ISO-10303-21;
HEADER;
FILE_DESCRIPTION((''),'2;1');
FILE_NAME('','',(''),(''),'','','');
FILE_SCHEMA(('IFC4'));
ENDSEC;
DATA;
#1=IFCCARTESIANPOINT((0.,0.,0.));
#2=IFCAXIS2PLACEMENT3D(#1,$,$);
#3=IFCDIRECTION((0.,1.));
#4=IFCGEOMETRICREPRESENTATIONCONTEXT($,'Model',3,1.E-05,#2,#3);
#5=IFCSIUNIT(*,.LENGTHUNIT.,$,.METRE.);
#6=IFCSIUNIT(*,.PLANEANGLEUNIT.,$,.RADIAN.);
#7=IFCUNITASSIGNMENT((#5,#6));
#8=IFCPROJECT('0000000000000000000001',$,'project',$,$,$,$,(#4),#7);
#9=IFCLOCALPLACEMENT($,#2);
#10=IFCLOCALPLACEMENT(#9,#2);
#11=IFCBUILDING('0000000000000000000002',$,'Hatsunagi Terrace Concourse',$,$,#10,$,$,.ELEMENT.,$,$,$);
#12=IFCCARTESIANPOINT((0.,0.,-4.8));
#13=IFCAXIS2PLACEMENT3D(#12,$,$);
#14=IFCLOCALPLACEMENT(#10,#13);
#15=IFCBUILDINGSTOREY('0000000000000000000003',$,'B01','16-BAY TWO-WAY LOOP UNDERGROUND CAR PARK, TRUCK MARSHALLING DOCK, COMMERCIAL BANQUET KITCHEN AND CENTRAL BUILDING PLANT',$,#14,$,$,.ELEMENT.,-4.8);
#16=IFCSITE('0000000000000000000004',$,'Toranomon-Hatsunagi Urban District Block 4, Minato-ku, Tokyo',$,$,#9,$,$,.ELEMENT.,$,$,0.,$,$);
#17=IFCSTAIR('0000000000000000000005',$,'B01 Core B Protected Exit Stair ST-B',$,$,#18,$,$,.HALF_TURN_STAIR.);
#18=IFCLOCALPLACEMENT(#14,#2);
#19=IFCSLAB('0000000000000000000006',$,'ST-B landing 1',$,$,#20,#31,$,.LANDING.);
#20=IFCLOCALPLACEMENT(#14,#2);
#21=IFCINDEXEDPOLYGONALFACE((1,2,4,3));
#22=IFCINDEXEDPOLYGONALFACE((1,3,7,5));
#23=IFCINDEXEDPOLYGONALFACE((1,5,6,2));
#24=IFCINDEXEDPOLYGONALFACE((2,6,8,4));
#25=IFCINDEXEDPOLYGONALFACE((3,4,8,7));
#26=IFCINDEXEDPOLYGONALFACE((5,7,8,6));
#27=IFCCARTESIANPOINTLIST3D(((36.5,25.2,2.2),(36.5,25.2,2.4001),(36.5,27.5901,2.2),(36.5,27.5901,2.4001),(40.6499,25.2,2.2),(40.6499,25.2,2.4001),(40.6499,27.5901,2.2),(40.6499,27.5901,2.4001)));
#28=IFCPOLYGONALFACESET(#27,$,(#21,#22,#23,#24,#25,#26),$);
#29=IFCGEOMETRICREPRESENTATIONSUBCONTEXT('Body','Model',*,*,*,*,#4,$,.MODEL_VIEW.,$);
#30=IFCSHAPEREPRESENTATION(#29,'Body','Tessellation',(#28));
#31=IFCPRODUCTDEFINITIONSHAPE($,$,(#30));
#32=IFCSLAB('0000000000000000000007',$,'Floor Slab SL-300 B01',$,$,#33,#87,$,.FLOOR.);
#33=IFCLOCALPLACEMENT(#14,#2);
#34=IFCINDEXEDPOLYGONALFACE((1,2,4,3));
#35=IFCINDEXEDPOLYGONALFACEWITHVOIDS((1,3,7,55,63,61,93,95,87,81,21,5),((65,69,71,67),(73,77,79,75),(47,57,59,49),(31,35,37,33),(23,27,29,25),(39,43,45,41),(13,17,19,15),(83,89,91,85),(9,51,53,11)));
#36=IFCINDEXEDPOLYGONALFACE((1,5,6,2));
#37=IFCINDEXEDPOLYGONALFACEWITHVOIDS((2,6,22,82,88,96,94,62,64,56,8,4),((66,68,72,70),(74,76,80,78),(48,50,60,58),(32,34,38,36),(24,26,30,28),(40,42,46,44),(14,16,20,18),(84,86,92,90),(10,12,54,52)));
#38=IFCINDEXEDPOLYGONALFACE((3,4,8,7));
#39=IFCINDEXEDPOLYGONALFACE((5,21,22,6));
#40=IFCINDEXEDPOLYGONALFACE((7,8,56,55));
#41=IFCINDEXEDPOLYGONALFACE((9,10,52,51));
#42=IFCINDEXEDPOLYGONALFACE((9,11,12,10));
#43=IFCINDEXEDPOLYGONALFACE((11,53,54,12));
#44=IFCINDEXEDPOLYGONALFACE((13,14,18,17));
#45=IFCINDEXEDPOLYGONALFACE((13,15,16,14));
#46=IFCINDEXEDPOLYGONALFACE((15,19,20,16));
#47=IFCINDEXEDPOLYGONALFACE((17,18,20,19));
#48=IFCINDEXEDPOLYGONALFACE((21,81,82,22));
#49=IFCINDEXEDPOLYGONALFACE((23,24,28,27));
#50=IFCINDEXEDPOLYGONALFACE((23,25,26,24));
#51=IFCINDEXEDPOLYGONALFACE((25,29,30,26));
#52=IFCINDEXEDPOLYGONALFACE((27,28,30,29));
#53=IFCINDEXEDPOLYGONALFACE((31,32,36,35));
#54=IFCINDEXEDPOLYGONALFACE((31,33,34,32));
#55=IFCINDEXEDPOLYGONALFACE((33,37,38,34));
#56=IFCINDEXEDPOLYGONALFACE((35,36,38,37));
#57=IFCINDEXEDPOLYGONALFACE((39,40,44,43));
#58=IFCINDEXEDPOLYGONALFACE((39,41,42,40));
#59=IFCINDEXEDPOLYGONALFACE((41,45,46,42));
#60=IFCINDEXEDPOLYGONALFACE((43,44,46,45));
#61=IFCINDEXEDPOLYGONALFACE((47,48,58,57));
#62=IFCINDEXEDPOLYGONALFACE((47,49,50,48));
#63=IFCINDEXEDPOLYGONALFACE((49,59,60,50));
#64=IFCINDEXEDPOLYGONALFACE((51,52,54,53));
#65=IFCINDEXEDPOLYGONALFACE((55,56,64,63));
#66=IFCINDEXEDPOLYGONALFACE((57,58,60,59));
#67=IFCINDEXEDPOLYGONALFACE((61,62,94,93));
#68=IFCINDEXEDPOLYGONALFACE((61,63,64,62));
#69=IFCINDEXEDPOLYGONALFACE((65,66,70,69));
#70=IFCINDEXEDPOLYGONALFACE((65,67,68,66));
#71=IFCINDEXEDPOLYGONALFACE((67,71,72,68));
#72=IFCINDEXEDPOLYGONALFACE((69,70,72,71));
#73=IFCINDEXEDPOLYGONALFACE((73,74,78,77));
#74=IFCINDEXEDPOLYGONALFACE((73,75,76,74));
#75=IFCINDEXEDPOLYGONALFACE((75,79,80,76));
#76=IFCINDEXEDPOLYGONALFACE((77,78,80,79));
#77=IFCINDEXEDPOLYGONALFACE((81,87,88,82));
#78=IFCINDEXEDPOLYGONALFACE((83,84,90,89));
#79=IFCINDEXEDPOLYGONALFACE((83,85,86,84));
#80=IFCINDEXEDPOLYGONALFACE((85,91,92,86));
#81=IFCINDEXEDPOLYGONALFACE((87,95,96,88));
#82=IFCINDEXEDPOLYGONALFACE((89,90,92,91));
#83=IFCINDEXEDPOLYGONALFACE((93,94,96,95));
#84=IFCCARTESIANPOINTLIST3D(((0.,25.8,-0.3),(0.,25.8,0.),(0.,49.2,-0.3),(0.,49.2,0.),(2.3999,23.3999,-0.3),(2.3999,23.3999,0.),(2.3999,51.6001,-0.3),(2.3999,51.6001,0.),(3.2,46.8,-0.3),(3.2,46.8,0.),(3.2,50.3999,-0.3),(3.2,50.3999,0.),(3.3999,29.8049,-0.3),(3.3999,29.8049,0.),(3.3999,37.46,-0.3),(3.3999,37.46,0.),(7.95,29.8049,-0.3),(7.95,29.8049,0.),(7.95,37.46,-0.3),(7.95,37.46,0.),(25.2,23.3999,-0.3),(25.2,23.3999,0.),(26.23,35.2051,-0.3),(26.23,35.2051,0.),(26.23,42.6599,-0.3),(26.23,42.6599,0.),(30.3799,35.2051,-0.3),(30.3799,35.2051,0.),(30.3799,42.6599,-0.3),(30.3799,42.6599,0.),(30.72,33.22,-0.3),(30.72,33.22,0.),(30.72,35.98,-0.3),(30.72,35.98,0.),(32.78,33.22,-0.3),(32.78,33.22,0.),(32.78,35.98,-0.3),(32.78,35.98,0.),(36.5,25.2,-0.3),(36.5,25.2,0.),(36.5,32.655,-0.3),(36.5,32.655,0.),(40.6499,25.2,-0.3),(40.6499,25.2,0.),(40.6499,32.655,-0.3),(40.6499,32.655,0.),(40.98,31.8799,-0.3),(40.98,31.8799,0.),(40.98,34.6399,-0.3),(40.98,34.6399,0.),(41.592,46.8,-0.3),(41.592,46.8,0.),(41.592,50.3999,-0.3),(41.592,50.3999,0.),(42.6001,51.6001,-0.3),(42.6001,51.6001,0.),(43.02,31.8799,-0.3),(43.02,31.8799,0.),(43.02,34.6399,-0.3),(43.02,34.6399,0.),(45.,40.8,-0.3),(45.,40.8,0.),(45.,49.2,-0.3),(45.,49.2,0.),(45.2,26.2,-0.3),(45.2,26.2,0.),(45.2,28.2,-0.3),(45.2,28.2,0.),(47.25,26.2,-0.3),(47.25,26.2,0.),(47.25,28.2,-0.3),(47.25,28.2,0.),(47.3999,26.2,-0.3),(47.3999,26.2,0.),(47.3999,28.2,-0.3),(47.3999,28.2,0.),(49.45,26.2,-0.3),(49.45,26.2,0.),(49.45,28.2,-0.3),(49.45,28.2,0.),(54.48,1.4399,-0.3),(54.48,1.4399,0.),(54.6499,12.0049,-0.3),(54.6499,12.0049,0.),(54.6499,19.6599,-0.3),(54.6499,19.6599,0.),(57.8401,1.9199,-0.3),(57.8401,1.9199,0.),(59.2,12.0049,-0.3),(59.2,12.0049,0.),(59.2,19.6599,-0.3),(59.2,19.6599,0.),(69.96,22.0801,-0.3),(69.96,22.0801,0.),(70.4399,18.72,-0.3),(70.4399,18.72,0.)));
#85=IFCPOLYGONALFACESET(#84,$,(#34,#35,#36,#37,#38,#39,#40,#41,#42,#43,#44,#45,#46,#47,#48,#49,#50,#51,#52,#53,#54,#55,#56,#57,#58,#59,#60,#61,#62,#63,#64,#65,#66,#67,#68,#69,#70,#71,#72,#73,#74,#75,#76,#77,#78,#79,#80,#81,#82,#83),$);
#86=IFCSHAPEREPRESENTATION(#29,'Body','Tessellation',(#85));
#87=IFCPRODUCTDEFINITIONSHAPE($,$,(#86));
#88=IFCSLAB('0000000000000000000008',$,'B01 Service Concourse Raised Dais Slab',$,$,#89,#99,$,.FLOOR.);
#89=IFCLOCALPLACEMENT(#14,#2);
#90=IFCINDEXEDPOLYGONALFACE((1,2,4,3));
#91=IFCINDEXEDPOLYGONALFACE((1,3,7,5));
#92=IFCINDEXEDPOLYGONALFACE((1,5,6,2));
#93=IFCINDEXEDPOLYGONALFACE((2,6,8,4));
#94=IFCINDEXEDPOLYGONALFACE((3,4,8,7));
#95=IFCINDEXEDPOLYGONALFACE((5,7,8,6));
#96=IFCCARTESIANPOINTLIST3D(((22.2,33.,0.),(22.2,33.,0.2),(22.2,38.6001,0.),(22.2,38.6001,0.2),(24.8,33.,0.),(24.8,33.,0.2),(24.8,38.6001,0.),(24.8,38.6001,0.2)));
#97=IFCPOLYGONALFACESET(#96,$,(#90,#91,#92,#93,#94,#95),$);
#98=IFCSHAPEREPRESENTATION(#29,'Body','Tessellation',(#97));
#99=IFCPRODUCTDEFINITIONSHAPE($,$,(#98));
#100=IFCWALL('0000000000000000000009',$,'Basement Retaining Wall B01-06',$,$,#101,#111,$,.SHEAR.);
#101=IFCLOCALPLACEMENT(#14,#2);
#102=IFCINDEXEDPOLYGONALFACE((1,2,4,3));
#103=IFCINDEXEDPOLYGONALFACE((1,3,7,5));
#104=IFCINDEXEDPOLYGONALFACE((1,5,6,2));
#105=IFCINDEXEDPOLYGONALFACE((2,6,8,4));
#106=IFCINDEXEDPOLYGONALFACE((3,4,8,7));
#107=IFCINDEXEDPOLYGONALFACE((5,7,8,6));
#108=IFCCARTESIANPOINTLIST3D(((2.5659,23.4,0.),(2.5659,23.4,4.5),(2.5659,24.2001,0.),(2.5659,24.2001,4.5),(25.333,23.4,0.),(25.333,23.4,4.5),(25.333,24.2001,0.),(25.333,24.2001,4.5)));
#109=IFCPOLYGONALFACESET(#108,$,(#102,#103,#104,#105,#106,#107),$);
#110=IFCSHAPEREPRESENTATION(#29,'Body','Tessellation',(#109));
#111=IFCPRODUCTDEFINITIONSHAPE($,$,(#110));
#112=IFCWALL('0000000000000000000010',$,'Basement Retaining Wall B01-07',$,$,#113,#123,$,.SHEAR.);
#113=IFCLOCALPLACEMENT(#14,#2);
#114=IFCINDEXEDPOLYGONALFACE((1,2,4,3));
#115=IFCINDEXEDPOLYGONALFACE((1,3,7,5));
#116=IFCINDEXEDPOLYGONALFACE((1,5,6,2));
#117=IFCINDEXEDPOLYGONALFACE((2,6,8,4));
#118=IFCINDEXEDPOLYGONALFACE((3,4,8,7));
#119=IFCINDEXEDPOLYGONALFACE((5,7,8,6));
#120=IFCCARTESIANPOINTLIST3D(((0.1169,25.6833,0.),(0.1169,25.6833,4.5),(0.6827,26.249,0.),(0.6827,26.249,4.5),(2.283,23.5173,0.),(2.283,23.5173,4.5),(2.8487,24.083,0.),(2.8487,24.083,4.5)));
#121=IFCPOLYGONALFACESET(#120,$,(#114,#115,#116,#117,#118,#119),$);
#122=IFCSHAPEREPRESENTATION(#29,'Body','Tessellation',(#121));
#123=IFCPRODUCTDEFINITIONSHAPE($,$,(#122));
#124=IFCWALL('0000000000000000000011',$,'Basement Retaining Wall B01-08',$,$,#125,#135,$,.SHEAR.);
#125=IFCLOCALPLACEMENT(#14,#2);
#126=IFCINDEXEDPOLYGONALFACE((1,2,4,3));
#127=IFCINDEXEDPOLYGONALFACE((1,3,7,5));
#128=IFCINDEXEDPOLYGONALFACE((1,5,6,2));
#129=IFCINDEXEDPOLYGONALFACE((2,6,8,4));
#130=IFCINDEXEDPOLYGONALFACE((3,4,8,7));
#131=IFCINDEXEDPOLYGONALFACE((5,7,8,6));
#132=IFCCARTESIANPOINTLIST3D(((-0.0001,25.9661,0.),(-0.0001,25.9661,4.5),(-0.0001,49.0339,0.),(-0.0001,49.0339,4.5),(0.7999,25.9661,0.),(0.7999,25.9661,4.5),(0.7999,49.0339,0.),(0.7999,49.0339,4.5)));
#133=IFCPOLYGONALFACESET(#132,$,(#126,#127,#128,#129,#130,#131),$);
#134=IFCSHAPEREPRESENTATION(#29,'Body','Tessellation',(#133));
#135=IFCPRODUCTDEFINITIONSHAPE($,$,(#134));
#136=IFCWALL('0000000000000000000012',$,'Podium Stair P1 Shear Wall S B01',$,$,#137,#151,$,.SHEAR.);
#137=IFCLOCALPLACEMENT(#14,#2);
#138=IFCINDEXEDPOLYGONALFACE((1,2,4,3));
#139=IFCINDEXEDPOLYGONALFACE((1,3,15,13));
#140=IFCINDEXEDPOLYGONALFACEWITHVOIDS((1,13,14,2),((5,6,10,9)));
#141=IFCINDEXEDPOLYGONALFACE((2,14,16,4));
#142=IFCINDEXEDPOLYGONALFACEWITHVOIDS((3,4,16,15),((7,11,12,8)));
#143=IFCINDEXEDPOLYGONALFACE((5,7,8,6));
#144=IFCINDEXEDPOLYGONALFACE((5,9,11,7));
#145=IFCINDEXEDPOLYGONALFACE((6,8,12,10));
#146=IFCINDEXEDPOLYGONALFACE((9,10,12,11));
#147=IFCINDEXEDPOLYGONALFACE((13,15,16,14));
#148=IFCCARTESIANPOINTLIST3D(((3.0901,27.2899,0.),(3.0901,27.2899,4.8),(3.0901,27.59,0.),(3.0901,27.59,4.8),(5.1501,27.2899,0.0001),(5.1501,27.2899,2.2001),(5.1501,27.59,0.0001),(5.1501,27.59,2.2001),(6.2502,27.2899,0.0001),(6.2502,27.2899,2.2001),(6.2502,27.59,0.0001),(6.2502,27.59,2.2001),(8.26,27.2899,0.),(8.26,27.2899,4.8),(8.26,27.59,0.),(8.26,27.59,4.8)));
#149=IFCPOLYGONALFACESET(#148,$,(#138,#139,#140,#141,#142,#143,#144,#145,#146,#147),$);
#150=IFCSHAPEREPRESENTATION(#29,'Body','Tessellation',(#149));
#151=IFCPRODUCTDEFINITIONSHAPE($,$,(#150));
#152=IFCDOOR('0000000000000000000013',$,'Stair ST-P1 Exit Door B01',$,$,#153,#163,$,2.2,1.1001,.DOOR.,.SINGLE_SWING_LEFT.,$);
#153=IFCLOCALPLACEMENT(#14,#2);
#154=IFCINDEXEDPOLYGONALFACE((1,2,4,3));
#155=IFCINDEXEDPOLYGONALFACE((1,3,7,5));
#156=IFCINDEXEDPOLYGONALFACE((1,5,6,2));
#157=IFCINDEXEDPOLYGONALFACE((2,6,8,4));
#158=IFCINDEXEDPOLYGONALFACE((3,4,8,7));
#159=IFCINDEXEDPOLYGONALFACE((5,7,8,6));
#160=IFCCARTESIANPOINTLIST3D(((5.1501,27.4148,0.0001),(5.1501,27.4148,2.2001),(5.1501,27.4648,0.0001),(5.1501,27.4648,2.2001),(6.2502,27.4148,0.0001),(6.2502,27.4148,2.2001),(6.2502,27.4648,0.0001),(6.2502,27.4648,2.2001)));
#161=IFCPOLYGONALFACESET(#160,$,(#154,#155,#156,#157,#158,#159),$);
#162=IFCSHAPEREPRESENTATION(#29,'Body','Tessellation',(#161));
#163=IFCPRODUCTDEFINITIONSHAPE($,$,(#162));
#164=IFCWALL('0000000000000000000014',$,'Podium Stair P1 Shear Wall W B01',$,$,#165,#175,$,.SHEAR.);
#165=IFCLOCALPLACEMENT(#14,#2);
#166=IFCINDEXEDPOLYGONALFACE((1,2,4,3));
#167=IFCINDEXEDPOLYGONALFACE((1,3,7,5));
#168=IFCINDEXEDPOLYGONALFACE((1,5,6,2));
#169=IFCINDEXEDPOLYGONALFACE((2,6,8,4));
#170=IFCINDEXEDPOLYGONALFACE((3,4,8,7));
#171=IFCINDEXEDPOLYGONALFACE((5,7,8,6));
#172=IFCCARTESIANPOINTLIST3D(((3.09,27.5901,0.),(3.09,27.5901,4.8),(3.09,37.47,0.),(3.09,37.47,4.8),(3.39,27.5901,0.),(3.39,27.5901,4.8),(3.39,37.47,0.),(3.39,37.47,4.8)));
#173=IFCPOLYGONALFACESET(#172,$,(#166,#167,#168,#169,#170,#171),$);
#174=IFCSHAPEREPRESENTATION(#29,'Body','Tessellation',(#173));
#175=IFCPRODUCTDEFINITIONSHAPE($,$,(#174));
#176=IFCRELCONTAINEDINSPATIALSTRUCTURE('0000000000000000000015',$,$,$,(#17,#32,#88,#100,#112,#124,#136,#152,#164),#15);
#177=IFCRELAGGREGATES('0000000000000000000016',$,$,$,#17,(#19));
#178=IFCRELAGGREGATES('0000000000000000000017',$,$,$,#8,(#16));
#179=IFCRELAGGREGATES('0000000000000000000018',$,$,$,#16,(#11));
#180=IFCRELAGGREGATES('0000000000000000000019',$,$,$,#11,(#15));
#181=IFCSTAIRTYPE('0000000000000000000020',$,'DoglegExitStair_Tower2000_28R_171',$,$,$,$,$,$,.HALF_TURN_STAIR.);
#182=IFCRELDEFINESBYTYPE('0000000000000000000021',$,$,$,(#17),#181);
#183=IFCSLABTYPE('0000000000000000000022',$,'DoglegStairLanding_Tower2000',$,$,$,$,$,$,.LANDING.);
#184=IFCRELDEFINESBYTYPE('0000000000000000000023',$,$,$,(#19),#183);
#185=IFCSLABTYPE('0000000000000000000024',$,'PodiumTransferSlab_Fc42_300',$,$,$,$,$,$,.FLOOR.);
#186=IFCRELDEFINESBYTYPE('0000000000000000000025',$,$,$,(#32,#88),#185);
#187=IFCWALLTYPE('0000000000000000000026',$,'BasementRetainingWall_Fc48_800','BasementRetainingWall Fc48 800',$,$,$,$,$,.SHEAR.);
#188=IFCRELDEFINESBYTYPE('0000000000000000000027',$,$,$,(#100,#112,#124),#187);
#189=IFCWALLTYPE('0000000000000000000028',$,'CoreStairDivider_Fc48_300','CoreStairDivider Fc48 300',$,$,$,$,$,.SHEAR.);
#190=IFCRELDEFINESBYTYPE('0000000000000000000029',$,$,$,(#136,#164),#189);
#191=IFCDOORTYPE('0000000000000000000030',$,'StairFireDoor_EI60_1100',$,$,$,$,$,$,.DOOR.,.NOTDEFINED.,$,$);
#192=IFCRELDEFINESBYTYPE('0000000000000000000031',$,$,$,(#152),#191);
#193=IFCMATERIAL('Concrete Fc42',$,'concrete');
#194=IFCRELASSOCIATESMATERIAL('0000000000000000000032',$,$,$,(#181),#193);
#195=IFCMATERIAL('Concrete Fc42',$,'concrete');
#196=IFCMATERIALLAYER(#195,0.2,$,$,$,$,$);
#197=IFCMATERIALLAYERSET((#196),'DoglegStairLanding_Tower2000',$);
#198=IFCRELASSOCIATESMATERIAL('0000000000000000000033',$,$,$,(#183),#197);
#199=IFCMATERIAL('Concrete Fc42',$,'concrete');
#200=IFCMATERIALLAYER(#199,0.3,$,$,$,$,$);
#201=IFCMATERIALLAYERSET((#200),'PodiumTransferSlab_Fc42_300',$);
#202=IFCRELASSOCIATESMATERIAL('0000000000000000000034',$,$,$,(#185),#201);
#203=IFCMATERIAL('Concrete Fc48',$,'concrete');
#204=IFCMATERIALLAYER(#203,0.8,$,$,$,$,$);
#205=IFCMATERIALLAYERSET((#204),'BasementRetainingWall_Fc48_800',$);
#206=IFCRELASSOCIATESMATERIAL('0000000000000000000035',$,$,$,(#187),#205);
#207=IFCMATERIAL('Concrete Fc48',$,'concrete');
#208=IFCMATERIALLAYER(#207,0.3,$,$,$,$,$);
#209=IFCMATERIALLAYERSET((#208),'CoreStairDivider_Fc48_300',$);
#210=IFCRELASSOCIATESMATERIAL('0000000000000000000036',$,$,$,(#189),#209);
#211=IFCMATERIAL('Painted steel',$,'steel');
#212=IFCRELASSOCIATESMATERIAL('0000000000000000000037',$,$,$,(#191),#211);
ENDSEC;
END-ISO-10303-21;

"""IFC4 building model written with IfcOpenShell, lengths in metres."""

from ifc_helpers import new_model, si_unit, direction, frame, frame_2d, origin, place, context, subcontext, project, spatial, polyline, rectangle, outline, extrude, material, layer, layer_set, type_object, element, fill, aggregate, save


model = new_model("IFC4")

# Units and contexts
model_context = context("Model", 3, precision=1e-05, world=origin(), true_north=direction((0.0, 1.0)))
body_context = subcontext(model_context, "Body", "Model", "MODEL_VIEW")
ifc_project = project(units=[si_unit("LENGTHUNIT", "METRE"), si_unit("PLANEANGLEUNIT", "RADIAN")], contexts=[model_context])

# Site, building, storey
site_placement = place(None, origin())
site = spatial("IfcSite", under=ifc_project, at=site_placement, Name="Toranomon-Hatsunagi Urban District Block 4, Minato-ku, Tokyo", CompositionType="ELEMENT", RefElevation=0.0)
building_placement = place(site_placement, origin())
building = spatial("IfcBuilding", under=site, at=building_placement, Name="Hatsunagi Terrace Concourse", CompositionType="ELEMENT")
storey_placement = place(building_placement, frame((0.0, 0.0, -4.8)))
storey = spatial("IfcBuildingStorey", under=building, at=storey_placement, Name="B01", Description="16-BAY TWO-WAY LOOP UNDERGROUND CAR PARK, TRUCK MARSHALLING DOCK, COMMERCIAL BANQUET KITCHEN AND CENTRAL BUILDING PLANT", CompositionType="ELEMENT", Elevation=-4.8)

# Stair, slab
ifc_material_1 = material(Name="Concrete Fc42", Category="concrete")
stair_type_1 = type_object("IfcStairType", Name="DoglegExitStair_Tower2000_28R_171", PredefinedType="HALF_TURN_STAIR", material=ifc_material_1)
ifc_material_2 = material(Name="Concrete Fc42", Category="concrete")
ifc_layer_1 = layer(ifc_material_2, 0.2)
ifc_layer_set_1 = layer_set([ifc_layer_1], Name="DoglegStairLanding_Tower2000")
slab_type_1 = type_object("IfcSlabType", Name="DoglegStairLanding_Tower2000", PredefinedType="LANDING", material=ifc_layer_set_1)
stair_1_placement = place(storey_placement, origin())
stair_1 = element("IfcStair", 1, at=stair_1_placement, inside=storey, type_object=stair_type_1, Name="B01 Core B Protected Exit Stair ST-B", PredefinedType="HALF_TURN_STAIR")
slab_1_placement = place(storey_placement, frame((0.0, 0.0, 2.2)))
slab_1 = element("IfcSlab", 2, at=slab_1_placement, type_object=slab_type_1, Name="ST-B landing 1", PredefinedType="LANDING", context=body_context, shape_type="SweptSolid", body=[
    extrude(outline(polyline([(36.5, 27.5901), (36.5, 25.2), (40.6499, 25.2), (40.6499, 27.5901), (36.5, 27.5901)])), origin(), (0.0, 0.0, 1.0), 0.2002),
])
aggregate(stair_1, [slab_1])

# Slabs
ifc_material_3 = material(Name="Concrete Fc42", Category="concrete")
ifc_layer_2 = layer(ifc_material_3, 0.3)
ifc_layer_set_2 = layer_set([ifc_layer_2], Name="PodiumTransferSlab_Fc42_300")
slab_type_2 = type_object("IfcSlabType", Name="PodiumTransferSlab_Fc42_300", PredefinedType="FLOOR", material=ifc_layer_set_2)
slab_2_placement = place(storey_placement, frame((0.0, 0.0, -0.3)))
element("IfcSlab", 3, at=slab_2_placement, inside=storey, type_object=slab_type_2, Name="Floor Slab SL-300 B01", PredefinedType="FLOOR", context=body_context, shape_type="SweptSolid", body=[
    extrude(outline(polyline([(45.0, 40.8), (45.0, 49.2), (42.6001, 51.6001), (2.3999, 51.6001), (0.0, 49.2), (0.0, 25.8), (2.3999, 23.3999), (25.2, 23.3999), (54.48, 1.4399), (57.8401, 1.9199), (70.4399, 18.72), (69.96, 22.0801), (45.0, 40.8)]), holes=[polyline([(26.23, 35.2051), (30.3799, 35.2051), (30.3799, 42.6599), (26.23, 42.6599), (26.23, 35.2051)]), polyline([(36.5, 25.2), (40.6499, 25.2), (40.6499, 32.655), (36.5, 32.655), (36.5, 25.2)]), polyline([(3.3999, 29.8049), (7.95, 29.8049), (7.95, 37.46), (3.3999, 37.46), (3.3999, 29.8049)]), polyline([(54.6499, 12.0049), (59.2, 12.0049), (59.2, 19.6599), (54.6499, 19.6599), (54.6499, 12.0049)]), polyline([(30.72, 33.22), (32.78, 33.22), (32.78, 35.98), (30.72, 35.98), (30.72, 33.22)]), polyline([(40.98, 31.8799), (43.02, 31.8799), (43.02, 34.6399), (40.98, 34.6399), (40.98, 31.8799)]), polyline([(45.2, 26.2), (47.25, 26.2), (47.25, 28.2), (45.2, 28.2), (45.2, 26.2)]), polyline([(47.3999, 26.2), (49.45, 26.2), (49.45, 28.2), (47.3999, 28.2), (47.3999, 26.2)]), polyline([(3.2, 46.8), (41.592, 46.8), (41.592, 50.3999), (3.2, 50.3999), (3.2, 46.8)])]), origin(), (0.0, 0.0, 1.0), 0.3),
])
slab_3_placement = place(storey_placement, origin())
element("IfcSlab", 4, at=slab_3_placement, inside=storey, type_object=slab_type_2, Name="B01 Service Concourse Raised Dais Slab", PredefinedType="FLOOR", context=body_context, shape_type="SweptSolid", body=[
    extrude(outline(polyline([(22.2, 33.0), (24.8, 33.0), (24.8, 38.6001), (22.2, 38.6001), (22.2, 33.0)])), origin(), (0.0, 0.0, 1.0), 0.2),
])

# Walls
ifc_material_4 = material(Name="Concrete Fc48", Category="concrete")
ifc_layer_3 = layer(ifc_material_4, 0.8)
ifc_layer_set_3 = layer_set([ifc_layer_3], Name="BasementRetainingWall_Fc48_800")
wall_type_1 = type_object("IfcWallType", Name="BasementRetainingWall_Fc48_800", Description="BasementRetainingWall Fc48 800", PredefinedType="SHEAR", material=ifc_layer_set_3)
wall_1_placement = place(storey_placement, frame((25.333, 23.8, 0.0), z_axis=(0.0, 0.0, 1.0), x_axis=(-1.0, 0.0, 0.0)))
element("IfcWall", 5, at=wall_1_placement, inside=storey, type_object=wall_type_1, Name="Basement Retaining Wall B01-06", PredefinedType="SHEAR", context=body_context, shape_type="SweptSolid", body=[
    extrude(rectangle(XDim=22.7671, YDim=0.8, at=frame_2d((11.3835, 0.0))), origin(), (0.0, 0.0, 1.0), 4.5),
])
wall_2_placement = place(storey_placement, frame((2.5659, 23.8, 0.0), z_axis=(0.0, 0.0, 1.0), x_axis=(-0.707107, 0.707107, 0.0)))
element("IfcWall", 6, at=wall_2_placement, inside=storey, type_object=wall_type_1, Name="Basement Retaining Wall B01-07", PredefinedType="SHEAR", context=body_context, shape_type="SweptSolid", body=[
    extrude(rectangle(XDim=3.0632, YDim=0.8, at=frame_2d((1.5317, 0.0))), origin(), (0.0, 0.0, 1.0), 4.5),
])
wall_3_placement = place(storey_placement, frame((0.3999, 25.9661, 0.0), z_axis=(0.0, 0.0, 1.0), x_axis=(0.0, 1.0, 0.0)))
element("IfcWall", 7, at=wall_3_placement, inside=storey, type_object=wall_type_1, Name="Basement Retaining Wall B01-08", PredefinedType="SHEAR", context=body_context, shape_type="SweptSolid", body=[
    extrude(rectangle(XDim=23.0679, YDim=0.8, at=frame_2d((11.5339, 0.0))), origin(), (0.0, 0.0, 1.0), 4.5),
])

# Wall, opening, door
ifc_material_5 = material(Name="Concrete Fc48", Category="concrete")
ifc_layer_4 = layer(ifc_material_5, 0.3)
ifc_layer_set_4 = layer_set([ifc_layer_4], Name="CoreStairDivider_Fc48_300")
wall_type_2 = type_object("IfcWallType", Name="CoreStairDivider_Fc48_300", Description="CoreStairDivider Fc48 300", PredefinedType="SHEAR", material=ifc_layer_set_4)
wall_4_placement = place(storey_placement, frame((3.0901, 27.4399, 0.0), z_axis=(0.0, 0.0, 1.0), x_axis=(1.0, 0.0, 0.0)))
wall_4 = element("IfcWall", 8, at=wall_4_placement, inside=storey, type_object=wall_type_2, Name="Podium Stair P1 Shear Wall S B01", PredefinedType="SHEAR", context=body_context, shape_type="SweptSolid", body=[
    extrude(rectangle(XDim=5.1699, YDim=0.3, at=frame_2d((2.585, 0.0))), origin(), (0.0, 0.0, 1.0), 4.8),
])
opening_placement = place(wall_4_placement, frame((2.0601, 0.0, 0.0)))
opening = element("IfcOpeningElement", 9, at=opening_placement, cuts=wall_4, PredefinedType="OPENING", context=body_context, shape_type="SweptSolid", body=[
    extrude(rectangle(XDim=1.1001, YDim=2.2, at=frame_2d((0.55, 1.1001))), frame((0.0, 0.1599, 0.0), z_axis=(0.0, -1.0, 0.0), x_axis=(1.0, 0.0, 0.0)), (0.0, 0.0, 1.0), 0.3201),
])
ifc_material_6 = material(Name="Painted steel", Category="steel")
door_type = type_object("IfcDoorType", Name="StairFireDoor_EI60_1100", OperationType="NOTDEFINED", PredefinedType="DOOR", material=ifc_material_6)
door_placement = place(opening_placement, origin())
door = element("IfcDoor", 10, at=door_placement, inside=storey, type_object=door_type, Name="Stair ST-P1 Exit Door B01", OperationType="SINGLE_SWING_LEFT", OverallHeight=2.2, OverallWidth=1.1001, PredefinedType="DOOR", context=body_context, shape_type="SweptSolid", body=[
    extrude(rectangle(XDim=1.1001, YDim=2.2, at=frame_2d((0.55, 1.1001))), frame((0.0, 0.0249, 0.0), z_axis=(0.0, -1.0, 0.0), x_axis=(1.0, 0.0, 0.0)), (0.0, 0.0, 1.0), 0.05),
])
fill(opening, door)

# Wall
for number, where, z_axis, x_axis, name in (
    (11, (3.24, 27.5901, 0.0), (0.0, 0.0, 1.0), (0.0, 1.0, 0.0), "Podium Stair P1 Shear Wall W B01"),
):
    element("IfcWall", number, at=place(storey_placement, frame(where, z_axis=z_axis, x_axis=x_axis)), inside=storey, type_object=wall_type_2, Name=name, PredefinedType="SHEAR", context=body_context, shape_type="SweptSolid", body=[
        extrude(rectangle(XDim=9.8799, YDim=0.3, at=frame_2d((4.9399, 0.0))), origin(), (0.0, 0.0, 1.0), 4.8),
    ])

save(model, "model.ifc")
